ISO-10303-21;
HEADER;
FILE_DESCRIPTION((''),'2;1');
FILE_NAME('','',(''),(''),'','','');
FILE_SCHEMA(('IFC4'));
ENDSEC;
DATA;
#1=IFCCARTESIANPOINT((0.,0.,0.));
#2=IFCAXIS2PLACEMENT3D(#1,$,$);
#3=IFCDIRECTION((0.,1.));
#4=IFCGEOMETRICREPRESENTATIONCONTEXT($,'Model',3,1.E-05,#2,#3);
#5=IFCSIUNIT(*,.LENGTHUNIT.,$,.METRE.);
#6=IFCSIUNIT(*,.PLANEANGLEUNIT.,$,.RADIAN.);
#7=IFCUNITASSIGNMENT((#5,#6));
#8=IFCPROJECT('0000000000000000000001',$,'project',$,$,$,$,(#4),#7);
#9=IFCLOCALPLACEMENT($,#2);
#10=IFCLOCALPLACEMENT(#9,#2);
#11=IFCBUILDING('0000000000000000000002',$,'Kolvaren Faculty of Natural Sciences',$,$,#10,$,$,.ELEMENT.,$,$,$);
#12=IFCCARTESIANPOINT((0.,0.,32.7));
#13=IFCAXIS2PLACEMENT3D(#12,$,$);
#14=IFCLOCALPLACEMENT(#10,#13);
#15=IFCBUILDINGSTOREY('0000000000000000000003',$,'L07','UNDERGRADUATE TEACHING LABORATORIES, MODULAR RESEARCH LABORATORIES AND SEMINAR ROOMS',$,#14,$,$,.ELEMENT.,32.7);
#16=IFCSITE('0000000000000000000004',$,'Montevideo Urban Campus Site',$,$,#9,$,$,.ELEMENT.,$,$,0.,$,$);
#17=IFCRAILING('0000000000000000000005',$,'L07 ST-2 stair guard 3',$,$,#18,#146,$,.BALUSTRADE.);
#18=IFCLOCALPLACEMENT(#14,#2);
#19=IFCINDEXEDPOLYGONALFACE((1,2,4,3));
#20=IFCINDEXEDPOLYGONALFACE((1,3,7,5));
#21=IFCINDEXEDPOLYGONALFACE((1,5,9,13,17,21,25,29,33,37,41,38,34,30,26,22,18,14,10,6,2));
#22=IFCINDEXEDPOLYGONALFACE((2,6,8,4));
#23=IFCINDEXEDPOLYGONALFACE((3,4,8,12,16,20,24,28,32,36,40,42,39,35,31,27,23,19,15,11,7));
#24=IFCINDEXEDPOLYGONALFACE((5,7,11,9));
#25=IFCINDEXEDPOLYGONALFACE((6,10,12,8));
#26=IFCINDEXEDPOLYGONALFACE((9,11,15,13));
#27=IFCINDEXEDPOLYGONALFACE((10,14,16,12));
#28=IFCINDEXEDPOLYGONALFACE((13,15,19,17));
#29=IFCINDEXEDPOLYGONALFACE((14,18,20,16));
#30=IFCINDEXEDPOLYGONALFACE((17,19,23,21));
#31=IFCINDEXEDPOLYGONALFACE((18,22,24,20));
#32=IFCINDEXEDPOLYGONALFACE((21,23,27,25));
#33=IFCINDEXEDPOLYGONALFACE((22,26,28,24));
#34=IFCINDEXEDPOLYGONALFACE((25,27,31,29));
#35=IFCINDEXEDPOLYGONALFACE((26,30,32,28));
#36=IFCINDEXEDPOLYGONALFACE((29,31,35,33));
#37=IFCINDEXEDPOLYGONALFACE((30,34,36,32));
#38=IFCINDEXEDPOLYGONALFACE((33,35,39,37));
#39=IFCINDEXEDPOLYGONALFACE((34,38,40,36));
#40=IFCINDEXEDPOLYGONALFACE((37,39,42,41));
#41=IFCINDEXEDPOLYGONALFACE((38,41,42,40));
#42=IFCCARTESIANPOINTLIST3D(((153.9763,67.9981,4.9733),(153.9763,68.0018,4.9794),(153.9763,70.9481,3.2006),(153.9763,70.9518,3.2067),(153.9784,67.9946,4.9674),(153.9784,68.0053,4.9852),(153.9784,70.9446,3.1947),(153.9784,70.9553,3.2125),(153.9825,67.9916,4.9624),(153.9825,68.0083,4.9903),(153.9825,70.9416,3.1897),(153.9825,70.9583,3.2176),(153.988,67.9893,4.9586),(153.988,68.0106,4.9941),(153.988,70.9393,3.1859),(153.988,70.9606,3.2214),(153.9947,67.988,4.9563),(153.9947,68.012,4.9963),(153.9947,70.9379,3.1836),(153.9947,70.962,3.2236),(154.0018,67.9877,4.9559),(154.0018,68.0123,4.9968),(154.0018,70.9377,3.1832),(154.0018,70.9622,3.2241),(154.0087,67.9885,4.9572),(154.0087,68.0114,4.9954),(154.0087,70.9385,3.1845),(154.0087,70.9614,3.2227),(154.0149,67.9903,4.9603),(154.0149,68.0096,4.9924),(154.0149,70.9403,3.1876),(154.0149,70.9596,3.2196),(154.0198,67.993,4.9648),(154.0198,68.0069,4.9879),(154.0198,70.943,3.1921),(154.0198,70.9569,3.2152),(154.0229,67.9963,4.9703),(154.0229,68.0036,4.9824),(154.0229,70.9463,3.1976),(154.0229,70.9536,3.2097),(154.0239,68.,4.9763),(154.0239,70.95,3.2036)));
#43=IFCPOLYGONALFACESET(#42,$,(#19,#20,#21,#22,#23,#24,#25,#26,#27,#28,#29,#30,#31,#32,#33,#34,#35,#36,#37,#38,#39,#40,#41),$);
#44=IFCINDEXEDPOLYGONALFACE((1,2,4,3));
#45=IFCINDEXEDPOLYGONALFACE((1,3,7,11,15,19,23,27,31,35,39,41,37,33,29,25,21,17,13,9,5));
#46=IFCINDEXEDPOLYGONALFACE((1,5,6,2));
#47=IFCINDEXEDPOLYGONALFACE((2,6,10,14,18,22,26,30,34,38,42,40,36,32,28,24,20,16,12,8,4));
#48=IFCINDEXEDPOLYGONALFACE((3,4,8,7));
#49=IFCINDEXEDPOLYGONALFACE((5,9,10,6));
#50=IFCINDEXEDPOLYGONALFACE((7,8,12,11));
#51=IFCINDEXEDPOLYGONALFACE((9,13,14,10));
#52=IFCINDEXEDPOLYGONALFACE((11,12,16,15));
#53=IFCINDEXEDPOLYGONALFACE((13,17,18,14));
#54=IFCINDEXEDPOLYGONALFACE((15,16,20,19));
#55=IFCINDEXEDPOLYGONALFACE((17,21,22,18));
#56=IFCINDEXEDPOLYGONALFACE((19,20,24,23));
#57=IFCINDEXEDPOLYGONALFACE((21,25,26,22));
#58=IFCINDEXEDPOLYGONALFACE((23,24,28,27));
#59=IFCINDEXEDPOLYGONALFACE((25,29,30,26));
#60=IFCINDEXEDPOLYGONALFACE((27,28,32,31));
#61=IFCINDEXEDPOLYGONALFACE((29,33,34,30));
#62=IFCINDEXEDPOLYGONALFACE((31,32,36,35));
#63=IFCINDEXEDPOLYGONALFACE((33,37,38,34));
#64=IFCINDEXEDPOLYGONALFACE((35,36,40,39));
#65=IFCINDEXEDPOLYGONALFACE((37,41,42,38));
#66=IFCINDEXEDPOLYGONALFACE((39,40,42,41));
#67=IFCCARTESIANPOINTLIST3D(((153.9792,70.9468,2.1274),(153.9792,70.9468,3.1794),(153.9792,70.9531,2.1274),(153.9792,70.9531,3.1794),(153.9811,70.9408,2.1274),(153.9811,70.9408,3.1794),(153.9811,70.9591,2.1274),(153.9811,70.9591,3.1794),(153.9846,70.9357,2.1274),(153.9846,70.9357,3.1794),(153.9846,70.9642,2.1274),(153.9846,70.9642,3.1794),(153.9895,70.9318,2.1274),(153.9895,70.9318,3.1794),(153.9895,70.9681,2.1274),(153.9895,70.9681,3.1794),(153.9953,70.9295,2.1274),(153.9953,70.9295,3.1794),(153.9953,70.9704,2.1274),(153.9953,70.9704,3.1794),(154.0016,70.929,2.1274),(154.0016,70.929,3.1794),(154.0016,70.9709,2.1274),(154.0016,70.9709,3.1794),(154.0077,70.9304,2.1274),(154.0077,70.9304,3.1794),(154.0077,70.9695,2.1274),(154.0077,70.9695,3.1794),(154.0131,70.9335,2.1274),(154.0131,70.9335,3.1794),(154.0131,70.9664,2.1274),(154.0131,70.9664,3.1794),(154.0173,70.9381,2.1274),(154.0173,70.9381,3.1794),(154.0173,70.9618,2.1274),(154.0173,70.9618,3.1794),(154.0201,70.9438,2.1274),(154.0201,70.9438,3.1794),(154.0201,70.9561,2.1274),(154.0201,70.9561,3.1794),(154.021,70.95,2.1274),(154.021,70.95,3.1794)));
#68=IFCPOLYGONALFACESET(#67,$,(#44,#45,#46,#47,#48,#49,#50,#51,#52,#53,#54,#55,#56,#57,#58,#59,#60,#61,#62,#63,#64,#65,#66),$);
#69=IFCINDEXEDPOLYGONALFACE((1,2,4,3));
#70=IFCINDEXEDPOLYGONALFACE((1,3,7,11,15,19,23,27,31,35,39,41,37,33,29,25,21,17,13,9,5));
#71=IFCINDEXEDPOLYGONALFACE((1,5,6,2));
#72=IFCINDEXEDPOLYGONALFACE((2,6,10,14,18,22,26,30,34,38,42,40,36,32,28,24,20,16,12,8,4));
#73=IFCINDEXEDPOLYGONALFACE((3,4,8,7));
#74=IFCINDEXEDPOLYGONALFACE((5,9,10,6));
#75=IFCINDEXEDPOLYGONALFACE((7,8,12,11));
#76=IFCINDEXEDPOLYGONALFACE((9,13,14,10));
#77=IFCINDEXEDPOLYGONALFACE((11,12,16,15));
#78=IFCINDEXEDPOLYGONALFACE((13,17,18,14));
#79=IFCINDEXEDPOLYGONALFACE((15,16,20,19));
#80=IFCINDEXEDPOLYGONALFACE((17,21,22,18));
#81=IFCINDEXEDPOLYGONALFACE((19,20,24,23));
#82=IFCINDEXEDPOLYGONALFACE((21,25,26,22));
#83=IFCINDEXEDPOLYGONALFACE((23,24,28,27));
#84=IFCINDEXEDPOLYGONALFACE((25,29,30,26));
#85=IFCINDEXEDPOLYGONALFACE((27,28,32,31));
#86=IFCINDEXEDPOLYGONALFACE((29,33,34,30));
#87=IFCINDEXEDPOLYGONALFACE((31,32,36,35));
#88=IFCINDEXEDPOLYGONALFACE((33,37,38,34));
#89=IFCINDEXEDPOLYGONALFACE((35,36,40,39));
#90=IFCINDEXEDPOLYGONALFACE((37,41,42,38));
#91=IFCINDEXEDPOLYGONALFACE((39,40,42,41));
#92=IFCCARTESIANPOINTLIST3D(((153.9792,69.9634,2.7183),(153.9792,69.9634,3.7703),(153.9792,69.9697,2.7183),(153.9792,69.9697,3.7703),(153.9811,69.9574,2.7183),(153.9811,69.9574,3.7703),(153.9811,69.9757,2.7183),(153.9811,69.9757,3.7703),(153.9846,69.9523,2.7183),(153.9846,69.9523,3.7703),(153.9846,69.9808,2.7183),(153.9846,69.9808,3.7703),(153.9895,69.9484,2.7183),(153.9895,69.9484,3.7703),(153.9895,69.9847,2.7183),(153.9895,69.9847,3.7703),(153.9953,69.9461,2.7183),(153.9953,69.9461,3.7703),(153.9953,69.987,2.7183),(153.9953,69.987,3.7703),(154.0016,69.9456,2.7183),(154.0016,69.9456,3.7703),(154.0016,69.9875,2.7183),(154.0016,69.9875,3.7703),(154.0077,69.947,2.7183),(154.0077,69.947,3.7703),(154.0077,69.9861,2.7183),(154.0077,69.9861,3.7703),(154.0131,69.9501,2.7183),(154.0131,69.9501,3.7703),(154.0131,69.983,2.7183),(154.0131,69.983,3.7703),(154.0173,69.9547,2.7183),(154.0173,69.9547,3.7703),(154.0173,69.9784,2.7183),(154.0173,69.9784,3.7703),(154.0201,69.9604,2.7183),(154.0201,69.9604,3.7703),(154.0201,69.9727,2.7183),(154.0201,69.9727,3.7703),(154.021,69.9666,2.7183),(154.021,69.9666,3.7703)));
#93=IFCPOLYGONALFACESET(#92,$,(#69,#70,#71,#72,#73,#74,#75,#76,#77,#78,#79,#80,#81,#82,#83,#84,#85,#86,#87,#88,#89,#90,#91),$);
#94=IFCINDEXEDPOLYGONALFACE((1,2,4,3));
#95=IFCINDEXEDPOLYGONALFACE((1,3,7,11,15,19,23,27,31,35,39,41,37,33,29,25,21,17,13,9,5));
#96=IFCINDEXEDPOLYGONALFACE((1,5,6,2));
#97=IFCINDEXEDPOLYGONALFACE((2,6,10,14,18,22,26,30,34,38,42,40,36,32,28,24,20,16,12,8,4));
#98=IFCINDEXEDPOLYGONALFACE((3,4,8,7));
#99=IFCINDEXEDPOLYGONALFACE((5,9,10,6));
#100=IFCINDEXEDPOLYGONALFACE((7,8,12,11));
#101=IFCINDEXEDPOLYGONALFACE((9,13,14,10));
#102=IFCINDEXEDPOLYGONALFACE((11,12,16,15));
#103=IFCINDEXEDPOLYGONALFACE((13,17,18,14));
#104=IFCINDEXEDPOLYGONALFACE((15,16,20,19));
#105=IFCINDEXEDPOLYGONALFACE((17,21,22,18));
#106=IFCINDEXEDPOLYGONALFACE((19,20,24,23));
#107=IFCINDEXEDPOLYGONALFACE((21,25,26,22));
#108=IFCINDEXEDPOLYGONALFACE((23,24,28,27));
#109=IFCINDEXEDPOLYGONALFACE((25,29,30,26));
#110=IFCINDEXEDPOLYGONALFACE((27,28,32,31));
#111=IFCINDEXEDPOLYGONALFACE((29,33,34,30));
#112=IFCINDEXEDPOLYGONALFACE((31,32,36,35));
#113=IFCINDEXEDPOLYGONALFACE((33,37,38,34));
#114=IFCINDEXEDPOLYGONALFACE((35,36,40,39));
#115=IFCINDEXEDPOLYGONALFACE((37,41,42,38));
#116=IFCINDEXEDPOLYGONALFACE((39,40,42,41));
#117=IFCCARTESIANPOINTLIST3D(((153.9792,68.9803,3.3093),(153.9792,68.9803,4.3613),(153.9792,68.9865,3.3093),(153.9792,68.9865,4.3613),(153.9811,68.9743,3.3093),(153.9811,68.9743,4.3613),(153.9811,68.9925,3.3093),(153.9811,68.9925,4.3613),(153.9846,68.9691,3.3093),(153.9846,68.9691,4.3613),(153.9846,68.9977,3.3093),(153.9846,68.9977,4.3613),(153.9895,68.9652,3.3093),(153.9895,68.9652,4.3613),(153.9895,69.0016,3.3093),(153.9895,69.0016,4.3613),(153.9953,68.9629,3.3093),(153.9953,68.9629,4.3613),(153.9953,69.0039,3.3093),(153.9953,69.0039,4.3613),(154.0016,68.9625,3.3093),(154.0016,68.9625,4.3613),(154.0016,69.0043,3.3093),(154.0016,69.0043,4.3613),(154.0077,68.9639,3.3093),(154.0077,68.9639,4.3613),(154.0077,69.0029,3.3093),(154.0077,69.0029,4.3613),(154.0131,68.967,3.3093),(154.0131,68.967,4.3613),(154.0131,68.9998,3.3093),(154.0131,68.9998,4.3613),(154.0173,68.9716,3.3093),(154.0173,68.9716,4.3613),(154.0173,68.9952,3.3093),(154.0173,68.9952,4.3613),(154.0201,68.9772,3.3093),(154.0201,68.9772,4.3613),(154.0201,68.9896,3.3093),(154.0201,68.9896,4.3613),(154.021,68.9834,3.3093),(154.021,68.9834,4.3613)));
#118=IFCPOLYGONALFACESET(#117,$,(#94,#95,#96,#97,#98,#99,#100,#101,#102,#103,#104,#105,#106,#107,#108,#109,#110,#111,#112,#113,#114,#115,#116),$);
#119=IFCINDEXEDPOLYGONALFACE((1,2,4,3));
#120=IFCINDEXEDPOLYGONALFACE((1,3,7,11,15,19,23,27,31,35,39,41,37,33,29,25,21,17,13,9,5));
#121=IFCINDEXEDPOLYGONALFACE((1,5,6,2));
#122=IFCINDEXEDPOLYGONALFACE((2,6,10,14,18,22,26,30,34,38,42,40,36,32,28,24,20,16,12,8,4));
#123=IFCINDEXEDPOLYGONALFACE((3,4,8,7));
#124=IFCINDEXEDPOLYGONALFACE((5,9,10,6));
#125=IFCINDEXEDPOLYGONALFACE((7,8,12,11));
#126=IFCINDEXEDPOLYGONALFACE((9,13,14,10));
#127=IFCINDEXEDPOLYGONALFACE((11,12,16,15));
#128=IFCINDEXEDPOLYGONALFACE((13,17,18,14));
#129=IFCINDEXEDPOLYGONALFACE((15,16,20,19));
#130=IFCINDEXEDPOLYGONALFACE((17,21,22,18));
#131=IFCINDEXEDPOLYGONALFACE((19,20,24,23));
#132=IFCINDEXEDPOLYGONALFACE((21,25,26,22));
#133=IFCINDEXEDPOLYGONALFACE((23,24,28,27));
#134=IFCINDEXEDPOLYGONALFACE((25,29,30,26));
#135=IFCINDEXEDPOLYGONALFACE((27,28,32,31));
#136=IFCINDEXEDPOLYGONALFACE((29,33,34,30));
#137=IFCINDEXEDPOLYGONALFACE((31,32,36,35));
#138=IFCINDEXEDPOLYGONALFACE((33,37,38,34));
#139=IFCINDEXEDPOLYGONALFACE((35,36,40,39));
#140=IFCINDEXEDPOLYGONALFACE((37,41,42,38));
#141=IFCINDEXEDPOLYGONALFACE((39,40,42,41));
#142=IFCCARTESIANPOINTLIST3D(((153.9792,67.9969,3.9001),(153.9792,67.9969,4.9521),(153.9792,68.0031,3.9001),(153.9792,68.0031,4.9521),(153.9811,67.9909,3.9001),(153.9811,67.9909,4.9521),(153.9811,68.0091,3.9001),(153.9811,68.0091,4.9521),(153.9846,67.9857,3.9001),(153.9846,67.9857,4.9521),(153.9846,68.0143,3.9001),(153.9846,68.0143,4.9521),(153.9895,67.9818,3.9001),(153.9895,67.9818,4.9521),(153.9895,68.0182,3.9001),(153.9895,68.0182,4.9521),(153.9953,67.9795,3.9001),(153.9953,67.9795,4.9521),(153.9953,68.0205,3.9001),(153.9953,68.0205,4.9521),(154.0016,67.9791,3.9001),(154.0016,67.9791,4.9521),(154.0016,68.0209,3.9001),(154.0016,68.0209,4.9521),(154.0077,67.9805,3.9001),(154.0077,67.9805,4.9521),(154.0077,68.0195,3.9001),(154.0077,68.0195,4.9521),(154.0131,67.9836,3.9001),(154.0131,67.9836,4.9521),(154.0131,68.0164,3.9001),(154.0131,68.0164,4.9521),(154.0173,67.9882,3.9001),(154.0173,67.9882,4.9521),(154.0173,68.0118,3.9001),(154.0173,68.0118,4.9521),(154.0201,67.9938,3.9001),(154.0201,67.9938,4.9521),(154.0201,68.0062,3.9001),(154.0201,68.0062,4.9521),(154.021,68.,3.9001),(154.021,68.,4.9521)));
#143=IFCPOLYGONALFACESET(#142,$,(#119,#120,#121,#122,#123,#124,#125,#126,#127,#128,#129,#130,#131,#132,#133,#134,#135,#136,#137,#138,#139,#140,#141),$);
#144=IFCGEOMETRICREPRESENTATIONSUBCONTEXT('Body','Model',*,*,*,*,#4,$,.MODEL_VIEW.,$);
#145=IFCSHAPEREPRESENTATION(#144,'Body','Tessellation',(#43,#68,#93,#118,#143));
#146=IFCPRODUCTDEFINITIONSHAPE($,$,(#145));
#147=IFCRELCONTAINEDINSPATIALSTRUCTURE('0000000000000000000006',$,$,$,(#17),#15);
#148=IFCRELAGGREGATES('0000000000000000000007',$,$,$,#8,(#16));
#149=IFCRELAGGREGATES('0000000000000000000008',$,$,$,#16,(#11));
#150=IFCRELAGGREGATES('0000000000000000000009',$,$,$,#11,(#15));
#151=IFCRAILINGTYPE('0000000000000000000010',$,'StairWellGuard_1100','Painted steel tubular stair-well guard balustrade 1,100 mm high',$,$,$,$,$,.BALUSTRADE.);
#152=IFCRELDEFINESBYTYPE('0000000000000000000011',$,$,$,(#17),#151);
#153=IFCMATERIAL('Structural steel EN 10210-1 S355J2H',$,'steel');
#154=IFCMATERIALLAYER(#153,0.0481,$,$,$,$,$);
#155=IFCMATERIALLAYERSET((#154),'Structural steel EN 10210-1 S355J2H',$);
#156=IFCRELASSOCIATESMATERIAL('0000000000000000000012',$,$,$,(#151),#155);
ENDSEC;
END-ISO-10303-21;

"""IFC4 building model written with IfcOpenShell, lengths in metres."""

from ifc_helpers import new_model, si_unit, direction, frame, origin, origin_2d, place, context, subcontext, project, spatial, circle, extrude, material, layer, layer_set, type_object, element, save


model = new_model("IFC4")

# Units and contexts
model_context = context("Model", 3, precision=1e-05, world=origin(), true_north=direction((0.0, 1.0)))
body_context = subcontext(model_context, "Body", "Model", "MODEL_VIEW")
ifc_project = project(units=[si_unit("LENGTHUNIT", "METRE"), si_unit("PLANEANGLEUNIT", "RADIAN")], contexts=[model_context])

# Site, building, storey
site_placement = place(None, origin())
site = spatial("IfcSite", under=ifc_project, at=site_placement, Name="Montevideo Urban Campus Site", CompositionType="ELEMENT", RefElevation=0.0)
building_placement = place(site_placement, origin())
building = spatial("IfcBuilding", under=site, at=building_placement, Name="Kolvaren Faculty of Natural Sciences", CompositionType="ELEMENT")
storey_placement = place(building_placement, frame((0.0, 0.0, 32.7)))
storey = spatial("IfcBuildingStorey", under=building, at=storey_placement, Name="L07", Description="UNDERGRADUATE TEACHING LABORATORIES, MODULAR RESEARCH LABORATORIES AND SEMINAR ROOMS", CompositionType="ELEMENT", Elevation=32.7)

# Railing
ifc_material_1 = material(Name="Structural steel EN 10210-1 S355J2H", Category="steel")
ifc_layer_1 = layer(ifc_material_1, 0.0481)
ifc_layer_set_1 = layer_set([ifc_layer_1], Name="Structural steel EN 10210-1 S355J2H")
railing_type_1 = type_object("IfcRailingType", Name="StairWellGuard_1100", Description="Painted steel tubular stair-well guard balustrade 1,100 mm high", PredefinedType="BALUSTRADE", material=ifc_layer_set_1)
railing_1_placement = place(storey_placement, frame((154.0, 70.95, 2.1274)))
element("IfcRailing", 1, at=railing_1_placement, inside=storey, type_object=railing_type_1, Name="L07 ST-2 stair guard 3", PredefinedType="BALUSTRADE", context=body_context, shape_type="SweptSolid", body=[
    extrude(circle(Radius=0.0239, at=origin_2d()), frame((0.0, 0.0, 1.0762), z_axis=(0.0, -0.857142, 0.51508), x_axis=(1.0, 0.0, 0.0)), (0.0, 0.0, 1.0), 3.4417),
    extrude(circle(Radius=0.021, at=origin_2d()), origin(), (0.0, 0.0, 1.0), 1.052),
    extrude(circle(Radius=0.021, at=origin_2d()), frame((0.0, -0.9834, 0.5908)), (0.0, 0.0, 1.0), 1.052),
    extrude(circle(Radius=0.021, at=origin_2d()), frame((0.0, -1.9666, 1.1819)), (0.0, 0.0, 1.0), 1.052),
    extrude(circle(Radius=0.021, at=origin_2d()), frame((0.0, -2.95, 1.7727)), (0.0, 0.0, 1.0), 1.052),
])

save(model, "model.ifc")
